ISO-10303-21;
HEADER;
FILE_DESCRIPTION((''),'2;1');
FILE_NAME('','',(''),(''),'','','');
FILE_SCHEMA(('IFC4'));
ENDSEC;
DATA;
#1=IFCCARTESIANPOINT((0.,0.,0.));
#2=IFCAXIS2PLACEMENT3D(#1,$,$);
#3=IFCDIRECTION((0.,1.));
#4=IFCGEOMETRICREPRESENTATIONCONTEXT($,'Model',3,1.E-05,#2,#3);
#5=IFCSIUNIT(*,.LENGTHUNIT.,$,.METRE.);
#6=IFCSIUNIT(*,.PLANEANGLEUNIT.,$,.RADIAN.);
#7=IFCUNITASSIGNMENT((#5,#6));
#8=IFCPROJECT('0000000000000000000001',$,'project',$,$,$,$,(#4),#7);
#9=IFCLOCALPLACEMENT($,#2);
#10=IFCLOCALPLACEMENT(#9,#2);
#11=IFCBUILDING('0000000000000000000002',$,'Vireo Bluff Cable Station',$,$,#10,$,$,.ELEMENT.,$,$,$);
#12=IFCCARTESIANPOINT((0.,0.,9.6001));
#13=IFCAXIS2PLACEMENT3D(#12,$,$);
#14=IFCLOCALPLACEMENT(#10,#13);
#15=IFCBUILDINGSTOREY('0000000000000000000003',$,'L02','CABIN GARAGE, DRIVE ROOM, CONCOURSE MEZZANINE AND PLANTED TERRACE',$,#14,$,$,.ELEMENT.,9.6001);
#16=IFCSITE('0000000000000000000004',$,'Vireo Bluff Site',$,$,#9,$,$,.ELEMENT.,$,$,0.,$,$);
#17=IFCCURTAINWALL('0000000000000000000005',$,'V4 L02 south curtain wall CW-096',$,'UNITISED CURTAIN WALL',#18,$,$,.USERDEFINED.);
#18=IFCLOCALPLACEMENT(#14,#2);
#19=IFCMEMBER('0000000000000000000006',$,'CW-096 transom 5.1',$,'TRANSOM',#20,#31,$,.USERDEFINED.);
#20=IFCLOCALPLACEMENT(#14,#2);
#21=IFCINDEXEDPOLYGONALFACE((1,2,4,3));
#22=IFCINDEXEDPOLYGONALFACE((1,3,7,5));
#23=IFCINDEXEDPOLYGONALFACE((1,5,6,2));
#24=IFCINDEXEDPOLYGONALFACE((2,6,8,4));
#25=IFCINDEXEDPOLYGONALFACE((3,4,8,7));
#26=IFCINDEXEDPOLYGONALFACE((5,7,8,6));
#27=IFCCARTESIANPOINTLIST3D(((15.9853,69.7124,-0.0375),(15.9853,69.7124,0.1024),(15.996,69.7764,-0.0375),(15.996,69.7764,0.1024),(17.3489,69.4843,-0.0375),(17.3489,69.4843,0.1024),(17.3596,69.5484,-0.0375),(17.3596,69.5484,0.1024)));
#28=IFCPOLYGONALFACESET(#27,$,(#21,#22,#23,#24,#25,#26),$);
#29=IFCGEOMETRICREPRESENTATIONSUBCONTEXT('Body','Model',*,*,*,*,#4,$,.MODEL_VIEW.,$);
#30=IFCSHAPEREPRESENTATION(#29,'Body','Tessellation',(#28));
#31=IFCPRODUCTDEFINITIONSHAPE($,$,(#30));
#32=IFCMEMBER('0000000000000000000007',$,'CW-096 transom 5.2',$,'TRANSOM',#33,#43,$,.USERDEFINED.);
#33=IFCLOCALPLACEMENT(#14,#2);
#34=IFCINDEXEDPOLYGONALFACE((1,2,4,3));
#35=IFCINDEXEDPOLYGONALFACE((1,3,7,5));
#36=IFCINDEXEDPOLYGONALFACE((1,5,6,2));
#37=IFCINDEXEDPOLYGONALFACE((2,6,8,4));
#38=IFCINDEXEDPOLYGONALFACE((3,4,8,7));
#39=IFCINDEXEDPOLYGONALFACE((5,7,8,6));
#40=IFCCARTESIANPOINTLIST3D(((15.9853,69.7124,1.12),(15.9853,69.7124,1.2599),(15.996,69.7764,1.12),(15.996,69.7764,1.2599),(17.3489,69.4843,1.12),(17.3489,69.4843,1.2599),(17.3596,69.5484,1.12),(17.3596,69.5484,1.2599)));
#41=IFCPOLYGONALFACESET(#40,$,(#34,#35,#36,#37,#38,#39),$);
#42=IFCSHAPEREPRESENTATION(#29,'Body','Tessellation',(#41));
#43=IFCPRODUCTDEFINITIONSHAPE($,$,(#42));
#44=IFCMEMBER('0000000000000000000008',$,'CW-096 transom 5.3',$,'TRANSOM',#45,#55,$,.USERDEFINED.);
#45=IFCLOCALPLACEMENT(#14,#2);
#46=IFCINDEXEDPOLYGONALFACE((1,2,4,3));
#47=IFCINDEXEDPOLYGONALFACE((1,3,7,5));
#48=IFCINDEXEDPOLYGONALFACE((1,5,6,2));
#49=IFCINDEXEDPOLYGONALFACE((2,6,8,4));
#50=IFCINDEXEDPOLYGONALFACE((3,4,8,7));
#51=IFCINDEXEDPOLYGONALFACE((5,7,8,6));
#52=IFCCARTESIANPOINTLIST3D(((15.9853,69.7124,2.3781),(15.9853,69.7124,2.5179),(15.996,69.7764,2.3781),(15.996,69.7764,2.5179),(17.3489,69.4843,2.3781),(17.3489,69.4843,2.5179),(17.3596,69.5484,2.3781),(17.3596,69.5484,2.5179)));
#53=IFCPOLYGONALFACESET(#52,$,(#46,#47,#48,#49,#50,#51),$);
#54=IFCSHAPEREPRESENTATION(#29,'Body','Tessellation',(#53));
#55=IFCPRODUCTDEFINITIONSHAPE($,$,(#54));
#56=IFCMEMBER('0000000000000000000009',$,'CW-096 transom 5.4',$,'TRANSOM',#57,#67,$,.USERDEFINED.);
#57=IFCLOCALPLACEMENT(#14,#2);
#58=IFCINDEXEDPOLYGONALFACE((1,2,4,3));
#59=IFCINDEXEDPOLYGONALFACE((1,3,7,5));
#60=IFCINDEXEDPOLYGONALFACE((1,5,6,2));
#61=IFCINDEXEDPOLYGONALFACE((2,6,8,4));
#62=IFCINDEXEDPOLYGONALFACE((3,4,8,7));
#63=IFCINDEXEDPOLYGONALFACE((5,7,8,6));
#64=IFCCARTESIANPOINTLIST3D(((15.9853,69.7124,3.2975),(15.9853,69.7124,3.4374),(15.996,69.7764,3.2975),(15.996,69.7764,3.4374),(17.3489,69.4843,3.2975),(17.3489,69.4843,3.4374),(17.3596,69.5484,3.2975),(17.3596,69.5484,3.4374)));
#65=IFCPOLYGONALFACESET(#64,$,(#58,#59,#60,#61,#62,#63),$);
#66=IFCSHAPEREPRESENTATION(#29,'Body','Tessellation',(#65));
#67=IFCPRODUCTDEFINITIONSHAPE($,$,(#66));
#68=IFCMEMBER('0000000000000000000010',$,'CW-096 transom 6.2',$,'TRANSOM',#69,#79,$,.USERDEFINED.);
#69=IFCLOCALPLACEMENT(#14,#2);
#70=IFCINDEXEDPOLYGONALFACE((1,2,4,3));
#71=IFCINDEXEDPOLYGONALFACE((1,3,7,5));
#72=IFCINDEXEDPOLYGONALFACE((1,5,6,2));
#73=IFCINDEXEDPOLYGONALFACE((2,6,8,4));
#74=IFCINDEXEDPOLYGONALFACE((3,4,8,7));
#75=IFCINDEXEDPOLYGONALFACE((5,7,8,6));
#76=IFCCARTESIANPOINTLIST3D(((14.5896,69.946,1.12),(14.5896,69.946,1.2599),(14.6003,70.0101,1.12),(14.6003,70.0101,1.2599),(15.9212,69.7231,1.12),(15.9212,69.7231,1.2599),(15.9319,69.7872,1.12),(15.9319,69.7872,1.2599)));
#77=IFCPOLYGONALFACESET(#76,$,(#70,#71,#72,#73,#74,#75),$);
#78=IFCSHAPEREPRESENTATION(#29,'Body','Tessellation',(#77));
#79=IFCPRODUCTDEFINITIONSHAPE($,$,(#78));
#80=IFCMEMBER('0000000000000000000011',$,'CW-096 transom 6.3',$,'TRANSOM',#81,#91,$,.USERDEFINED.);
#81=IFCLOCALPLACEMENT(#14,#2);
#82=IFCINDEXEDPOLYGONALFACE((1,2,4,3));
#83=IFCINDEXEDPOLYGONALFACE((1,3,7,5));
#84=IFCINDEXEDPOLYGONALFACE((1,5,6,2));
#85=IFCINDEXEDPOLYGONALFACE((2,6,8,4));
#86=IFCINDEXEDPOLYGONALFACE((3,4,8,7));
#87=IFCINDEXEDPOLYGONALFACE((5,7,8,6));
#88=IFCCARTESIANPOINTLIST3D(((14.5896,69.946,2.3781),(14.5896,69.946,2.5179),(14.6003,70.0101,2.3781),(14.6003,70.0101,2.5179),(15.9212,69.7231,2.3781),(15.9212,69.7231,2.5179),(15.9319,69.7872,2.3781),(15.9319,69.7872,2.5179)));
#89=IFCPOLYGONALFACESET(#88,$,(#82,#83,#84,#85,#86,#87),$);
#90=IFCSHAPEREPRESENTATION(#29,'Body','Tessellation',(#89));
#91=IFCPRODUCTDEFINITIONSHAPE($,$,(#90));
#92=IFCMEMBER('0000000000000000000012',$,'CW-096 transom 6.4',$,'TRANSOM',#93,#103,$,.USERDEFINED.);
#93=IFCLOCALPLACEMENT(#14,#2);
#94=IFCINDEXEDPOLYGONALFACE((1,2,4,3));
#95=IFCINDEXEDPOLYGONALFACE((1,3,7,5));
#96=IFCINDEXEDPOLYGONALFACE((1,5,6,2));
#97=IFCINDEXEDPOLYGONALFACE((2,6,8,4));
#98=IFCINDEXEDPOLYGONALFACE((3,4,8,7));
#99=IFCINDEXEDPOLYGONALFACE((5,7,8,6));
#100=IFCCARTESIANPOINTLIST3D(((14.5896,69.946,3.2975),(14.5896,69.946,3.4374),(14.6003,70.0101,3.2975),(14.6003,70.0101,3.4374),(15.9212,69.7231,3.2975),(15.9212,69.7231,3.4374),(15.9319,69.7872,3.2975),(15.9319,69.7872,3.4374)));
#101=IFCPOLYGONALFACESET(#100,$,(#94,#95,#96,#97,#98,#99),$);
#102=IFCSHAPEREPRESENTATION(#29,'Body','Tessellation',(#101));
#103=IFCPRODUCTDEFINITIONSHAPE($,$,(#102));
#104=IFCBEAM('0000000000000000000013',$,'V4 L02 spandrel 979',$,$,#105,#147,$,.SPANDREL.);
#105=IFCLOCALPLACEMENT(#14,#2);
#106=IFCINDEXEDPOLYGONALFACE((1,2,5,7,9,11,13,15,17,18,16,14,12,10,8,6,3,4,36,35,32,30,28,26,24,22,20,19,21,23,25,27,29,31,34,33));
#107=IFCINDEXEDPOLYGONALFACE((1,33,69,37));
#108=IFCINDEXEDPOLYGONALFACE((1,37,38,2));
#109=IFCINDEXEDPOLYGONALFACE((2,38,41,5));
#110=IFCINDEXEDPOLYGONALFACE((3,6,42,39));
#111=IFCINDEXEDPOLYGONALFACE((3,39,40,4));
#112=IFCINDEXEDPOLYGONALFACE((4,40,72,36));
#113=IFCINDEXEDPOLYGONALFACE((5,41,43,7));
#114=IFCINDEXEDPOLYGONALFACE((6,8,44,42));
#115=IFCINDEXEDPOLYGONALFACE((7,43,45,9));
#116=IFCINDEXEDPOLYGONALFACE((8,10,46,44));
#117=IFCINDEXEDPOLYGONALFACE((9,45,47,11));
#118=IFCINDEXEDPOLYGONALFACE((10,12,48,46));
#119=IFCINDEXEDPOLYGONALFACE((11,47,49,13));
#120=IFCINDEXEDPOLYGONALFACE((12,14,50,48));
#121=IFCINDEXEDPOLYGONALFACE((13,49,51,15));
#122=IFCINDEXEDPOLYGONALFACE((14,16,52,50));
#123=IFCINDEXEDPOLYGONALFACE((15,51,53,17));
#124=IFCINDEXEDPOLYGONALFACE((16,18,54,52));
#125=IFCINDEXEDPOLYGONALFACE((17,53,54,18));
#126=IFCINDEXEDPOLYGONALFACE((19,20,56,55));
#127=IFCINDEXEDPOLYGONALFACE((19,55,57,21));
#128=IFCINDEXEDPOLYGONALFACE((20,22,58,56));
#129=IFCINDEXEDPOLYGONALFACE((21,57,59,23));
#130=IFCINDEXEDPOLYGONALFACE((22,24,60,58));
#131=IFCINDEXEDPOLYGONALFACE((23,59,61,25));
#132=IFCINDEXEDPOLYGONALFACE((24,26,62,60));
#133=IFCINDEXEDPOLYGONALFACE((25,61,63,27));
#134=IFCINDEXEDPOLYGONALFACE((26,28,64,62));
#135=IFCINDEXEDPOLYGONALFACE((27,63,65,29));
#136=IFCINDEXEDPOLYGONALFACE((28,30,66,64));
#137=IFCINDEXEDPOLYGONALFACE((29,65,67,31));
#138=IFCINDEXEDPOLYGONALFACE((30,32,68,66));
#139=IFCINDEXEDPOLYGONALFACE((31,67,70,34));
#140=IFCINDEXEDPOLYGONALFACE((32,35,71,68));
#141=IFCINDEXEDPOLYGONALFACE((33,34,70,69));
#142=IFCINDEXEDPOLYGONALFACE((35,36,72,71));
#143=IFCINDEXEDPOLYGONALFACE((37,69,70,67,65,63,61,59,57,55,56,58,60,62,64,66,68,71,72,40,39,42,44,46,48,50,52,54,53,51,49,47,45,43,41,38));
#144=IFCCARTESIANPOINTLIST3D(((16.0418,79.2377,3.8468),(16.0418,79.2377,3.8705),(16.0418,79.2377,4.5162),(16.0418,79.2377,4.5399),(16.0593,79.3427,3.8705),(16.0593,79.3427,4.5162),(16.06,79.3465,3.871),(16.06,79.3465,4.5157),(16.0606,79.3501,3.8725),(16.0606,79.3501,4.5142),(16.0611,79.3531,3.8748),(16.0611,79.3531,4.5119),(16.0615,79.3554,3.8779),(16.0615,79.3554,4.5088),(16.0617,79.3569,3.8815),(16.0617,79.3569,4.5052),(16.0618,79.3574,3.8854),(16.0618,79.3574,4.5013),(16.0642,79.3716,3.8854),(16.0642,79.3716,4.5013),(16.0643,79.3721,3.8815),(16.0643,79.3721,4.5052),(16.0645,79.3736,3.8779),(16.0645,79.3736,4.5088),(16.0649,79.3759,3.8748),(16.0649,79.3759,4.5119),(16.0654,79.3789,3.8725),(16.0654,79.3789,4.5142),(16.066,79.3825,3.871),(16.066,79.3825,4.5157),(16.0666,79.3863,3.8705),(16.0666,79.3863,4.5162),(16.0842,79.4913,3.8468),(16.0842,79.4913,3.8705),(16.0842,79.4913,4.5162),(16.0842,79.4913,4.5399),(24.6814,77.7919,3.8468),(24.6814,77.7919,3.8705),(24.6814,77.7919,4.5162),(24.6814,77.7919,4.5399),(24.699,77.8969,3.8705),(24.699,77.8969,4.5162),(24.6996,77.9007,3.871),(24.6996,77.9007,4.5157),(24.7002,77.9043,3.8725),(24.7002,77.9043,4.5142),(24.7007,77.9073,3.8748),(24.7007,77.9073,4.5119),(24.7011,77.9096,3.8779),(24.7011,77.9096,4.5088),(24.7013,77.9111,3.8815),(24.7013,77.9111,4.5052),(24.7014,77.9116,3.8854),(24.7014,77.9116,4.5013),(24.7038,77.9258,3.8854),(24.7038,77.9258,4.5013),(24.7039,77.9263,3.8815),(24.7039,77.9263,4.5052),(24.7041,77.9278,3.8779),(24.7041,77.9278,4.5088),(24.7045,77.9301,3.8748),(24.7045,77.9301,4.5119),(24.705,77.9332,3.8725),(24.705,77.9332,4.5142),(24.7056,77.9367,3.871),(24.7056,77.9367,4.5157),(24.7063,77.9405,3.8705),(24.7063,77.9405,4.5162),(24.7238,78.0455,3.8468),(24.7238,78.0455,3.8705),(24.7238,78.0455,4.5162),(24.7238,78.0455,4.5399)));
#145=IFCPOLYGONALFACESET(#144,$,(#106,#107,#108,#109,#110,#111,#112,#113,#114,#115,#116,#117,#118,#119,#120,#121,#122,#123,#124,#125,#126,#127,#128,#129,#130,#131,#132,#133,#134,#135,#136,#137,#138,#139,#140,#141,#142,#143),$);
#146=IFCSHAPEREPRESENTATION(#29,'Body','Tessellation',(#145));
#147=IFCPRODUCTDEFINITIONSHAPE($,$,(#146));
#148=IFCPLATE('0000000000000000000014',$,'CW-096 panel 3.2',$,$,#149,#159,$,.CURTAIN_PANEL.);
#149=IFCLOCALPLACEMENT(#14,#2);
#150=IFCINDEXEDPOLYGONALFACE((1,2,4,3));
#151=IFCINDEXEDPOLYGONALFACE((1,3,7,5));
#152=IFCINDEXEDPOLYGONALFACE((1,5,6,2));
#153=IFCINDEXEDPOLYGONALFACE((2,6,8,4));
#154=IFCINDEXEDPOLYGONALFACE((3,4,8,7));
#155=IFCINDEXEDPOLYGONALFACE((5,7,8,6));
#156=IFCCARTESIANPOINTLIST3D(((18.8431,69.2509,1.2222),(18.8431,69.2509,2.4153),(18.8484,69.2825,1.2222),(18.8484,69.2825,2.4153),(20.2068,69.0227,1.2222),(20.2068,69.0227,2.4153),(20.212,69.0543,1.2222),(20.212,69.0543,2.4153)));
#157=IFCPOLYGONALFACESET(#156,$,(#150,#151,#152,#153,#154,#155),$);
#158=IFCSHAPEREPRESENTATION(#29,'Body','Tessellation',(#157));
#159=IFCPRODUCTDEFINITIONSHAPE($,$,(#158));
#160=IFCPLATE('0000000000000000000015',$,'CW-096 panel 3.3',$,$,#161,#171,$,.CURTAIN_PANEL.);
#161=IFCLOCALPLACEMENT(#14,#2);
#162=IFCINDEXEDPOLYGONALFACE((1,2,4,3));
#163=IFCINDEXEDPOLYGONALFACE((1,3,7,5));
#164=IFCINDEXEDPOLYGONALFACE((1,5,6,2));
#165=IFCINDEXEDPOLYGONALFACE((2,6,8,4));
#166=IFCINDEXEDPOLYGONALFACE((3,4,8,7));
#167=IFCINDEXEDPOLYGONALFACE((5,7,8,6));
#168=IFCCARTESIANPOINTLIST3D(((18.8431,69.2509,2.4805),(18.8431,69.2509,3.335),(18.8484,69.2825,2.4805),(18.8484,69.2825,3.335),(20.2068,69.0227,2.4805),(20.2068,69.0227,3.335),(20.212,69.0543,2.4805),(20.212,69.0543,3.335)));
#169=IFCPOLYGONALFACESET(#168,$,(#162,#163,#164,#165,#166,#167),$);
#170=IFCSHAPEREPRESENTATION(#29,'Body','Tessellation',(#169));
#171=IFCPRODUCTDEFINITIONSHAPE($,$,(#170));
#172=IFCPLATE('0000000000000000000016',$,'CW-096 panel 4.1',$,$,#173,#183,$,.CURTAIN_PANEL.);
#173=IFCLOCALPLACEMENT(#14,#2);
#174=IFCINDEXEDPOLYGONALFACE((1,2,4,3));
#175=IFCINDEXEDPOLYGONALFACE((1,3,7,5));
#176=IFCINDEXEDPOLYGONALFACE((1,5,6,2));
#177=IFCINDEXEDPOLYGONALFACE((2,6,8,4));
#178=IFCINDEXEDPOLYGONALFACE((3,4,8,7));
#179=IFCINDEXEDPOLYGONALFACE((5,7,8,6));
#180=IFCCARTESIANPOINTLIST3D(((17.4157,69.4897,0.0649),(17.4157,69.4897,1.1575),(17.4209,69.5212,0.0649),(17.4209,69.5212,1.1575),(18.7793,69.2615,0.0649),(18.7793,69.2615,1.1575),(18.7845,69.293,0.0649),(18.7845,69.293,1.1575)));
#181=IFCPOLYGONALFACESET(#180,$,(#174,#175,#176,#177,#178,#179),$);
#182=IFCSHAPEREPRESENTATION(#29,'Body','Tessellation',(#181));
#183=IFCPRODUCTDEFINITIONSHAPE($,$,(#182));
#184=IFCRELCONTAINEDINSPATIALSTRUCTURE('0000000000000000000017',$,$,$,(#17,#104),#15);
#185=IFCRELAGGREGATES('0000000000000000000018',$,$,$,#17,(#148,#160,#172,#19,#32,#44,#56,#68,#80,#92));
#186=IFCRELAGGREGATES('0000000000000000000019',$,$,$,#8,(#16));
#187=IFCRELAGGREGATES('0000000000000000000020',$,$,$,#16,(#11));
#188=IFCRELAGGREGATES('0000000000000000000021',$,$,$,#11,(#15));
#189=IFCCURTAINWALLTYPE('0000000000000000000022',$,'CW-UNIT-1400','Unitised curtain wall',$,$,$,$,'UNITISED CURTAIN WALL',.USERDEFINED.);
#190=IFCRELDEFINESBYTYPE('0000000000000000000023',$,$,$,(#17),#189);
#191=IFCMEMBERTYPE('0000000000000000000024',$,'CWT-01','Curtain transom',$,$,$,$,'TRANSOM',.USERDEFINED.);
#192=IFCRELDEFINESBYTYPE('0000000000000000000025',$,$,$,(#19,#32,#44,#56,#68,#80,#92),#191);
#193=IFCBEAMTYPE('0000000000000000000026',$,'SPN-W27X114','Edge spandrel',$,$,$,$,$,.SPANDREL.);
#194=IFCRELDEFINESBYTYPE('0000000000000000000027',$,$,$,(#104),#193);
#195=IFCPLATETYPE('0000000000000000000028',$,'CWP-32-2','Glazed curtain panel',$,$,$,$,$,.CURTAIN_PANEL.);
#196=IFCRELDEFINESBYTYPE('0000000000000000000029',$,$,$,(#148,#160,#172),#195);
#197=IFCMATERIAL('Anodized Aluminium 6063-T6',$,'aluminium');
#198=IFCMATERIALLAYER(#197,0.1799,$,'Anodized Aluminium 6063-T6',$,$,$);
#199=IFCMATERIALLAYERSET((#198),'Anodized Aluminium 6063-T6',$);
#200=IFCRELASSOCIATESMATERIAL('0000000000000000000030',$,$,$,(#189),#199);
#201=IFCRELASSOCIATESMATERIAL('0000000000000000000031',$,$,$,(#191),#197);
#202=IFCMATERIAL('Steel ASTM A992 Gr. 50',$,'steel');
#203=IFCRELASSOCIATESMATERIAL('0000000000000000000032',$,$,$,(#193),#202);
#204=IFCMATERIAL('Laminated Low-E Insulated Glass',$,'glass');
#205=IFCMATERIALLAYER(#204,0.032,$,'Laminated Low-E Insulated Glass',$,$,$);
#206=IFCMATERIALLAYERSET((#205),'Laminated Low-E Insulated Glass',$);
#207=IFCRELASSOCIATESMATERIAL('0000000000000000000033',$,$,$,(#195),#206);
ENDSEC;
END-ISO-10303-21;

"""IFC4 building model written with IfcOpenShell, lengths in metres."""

from ifc_helpers import new_model, si_unit, direction, frame, origin, origin_2d, place, context, subcontext, project, spatial, rectangle, i_section, extrude, material, layer, layer_set, material_profile, profile_set, type_object, element, aggregate, save


model = new_model("IFC4")

# Units and contexts
model_context = context("Model", 3, precision=1e-05, world=origin(), true_north=direction((0.0, 1.0)))
body_context = subcontext(model_context, "Body", "Model", "MODEL_VIEW")
ifc_project = project(units=[si_unit("LENGTHUNIT", "METRE"), si_unit("PLANEANGLEUNIT", "RADIAN")], contexts=[model_context])

# Site, building, storey
site_placement = place(None, origin())
site = spatial("IfcSite", under=ifc_project, at=site_placement, Name="Vireo Bluff Site", CompositionType="ELEMENT", RefElevation=0.0)
building_placement = place(site_placement, origin())
building = spatial("IfcBuilding", under=site, at=building_placement, Name="Vireo Bluff Cable Station", CompositionType="ELEMENT")
storey_placement = place(building_placement, frame((0.0, 0.0, 9.6001)))
storey = spatial("IfcBuildingStorey", under=building, at=storey_placement, Name="L02", Description="CABIN GARAGE, DRIVE ROOM, CONCOURSE MEZZANINE AND PLANTED TERRACE", CompositionType="ELEMENT", Elevation=9.6001)

# Shared definitions
ifc_material_1 = material(Name="Steel ASTM A992 Gr. 50", Category="steel")

# Curtain wall, members
ifc_material_2 = material(Name="Anodized Aluminium 6063-T6", Category="aluminium")
ifc_layer_1 = layer(ifc_material_2, 0.1799, Name="Anodized Aluminium 6063-T6")
ifc_layer_set_1 = layer_set([ifc_layer_1], Name="Anodized Aluminium 6063-T6")
curtain_wall_type = type_object("IfcCurtainWallType", Name="CW-UNIT-1400", Description="Unitised curtain wall", ElementType="UNITISED CURTAIN WALL", PredefinedType="USERDEFINED", material=ifc_layer_set_1)
curtain_wall_placement = place(storey_placement, origin())
curtain_wall = element("IfcCurtainWall", 1, at=curtain_wall_placement, inside=storey, type_object=curtain_wall_type, Name="V4 L02 south curtain wall CW-096", ObjectType="UNITISED CURTAIN WALL", PredefinedType="USERDEFINED")
ifc_material_profile_1 = material_profile(ifc_material_2, rectangle(XDim=0.0649, YDim=0.1399, at=origin_2d()), Name="ALU-T-65X140")
ifc_profile_set_1 = profile_set([ifc_material_profile_1], Name="Anodized Aluminium 6063-T6")
member_type_1 = type_object("IfcMemberType", Name="CWT-01", Description="Curtain transom", ElementType="TRANSOM", PredefinedType="USERDEFINED", material=ifc_profile_set_1)
member_1_placement = place(storey_placement, frame((17.3542, 69.5164, 0.0325), z_axis=(-0.986303, 0.164943, 0.0), x_axis=(-0.164943, -0.986303, 0.0)))
member_1 = element("IfcMember", 2, at=member_1_placement, type_object=member_type_1, Name="CW-096 transom 5.1", ObjectType="TRANSOM", PredefinedType="USERDEFINED", context=body_context, shape_type="SweptSolid", body=[
    extrude(rectangle(XDim=0.0649, YDim=0.1399, at=origin_2d()), origin(), (0.0, 0.0, 1.0), 1.3826),
])
member_2_placement = place(storey_placement, frame((17.3542, 69.5164, 1.1899), z_axis=(-0.986303, 0.164943, 0.0), x_axis=(-0.164943, -0.986303, 0.0)))
member_2 = element("IfcMember", 3, at=member_2_placement, type_object=member_type_1, Name="CW-096 transom 5.2", ObjectType="TRANSOM", PredefinedType="USERDEFINED", context=body_context, shape_type="SweptSolid", body=[
    extrude(rectangle(XDim=0.0649, YDim=0.1399, at=origin_2d()), origin(), (0.0, 0.0, 1.0), 1.3826),
])
member_3_placement = place(storey_placement, frame((17.3542, 69.5164, 2.448), z_axis=(-0.986303, 0.164943, 0.0), x_axis=(-0.164943, -0.986303, 0.0)))
member_3 = element("IfcMember", 4, at=member_3_placement, type_object=member_type_1, Name="CW-096 transom 5.3", ObjectType="TRANSOM", PredefinedType="USERDEFINED", context=body_context, shape_type="SweptSolid", body=[
    extrude(rectangle(XDim=0.0649, YDim=0.1399, at=origin_2d()), origin(), (0.0, 0.0, 1.0), 1.3826),
])
member_4_placement = place(storey_placement, frame((17.3542, 69.5164, 3.3674), z_axis=(-0.986303, 0.164943, 0.0), x_axis=(-0.164943, -0.986303, 0.0)))
member_4 = element("IfcMember", 5, at=member_4_placement, type_object=member_type_1, Name="CW-096 transom 5.4", ObjectType="TRANSOM", PredefinedType="USERDEFINED", context=body_context, shape_type="SweptSolid", body=[
    extrude(rectangle(XDim=0.0649, YDim=0.1399, at=origin_2d()), origin(), (0.0, 0.0, 1.0), 1.3826),
])
member_5_placement = place(storey_placement, frame((15.9265, 69.7551, 1.1899), z_axis=(-0.986276, 0.165103, 0.0), x_axis=(-0.165103, -0.986276, 0.0)))
member_5 = element("IfcMember", 6, at=member_5_placement, type_object=member_type_1, Name="CW-096 transom 6.2", ObjectType="TRANSOM", PredefinedType="USERDEFINED", context=body_context, shape_type="SweptSolid", body=[
    extrude(rectangle(XDim=0.0649, YDim=0.1399, at=origin_2d()), origin(), (0.0, 0.0, 1.0), 1.3501),
])
member_6_placement = place(storey_placement, frame((15.9265, 69.7551, 2.448), z_axis=(-0.986276, 0.165103, 0.0), x_axis=(-0.165103, -0.986276, 0.0)))
member_6 = element("IfcMember", 7, at=member_6_placement, type_object=member_type_1, Name="CW-096 transom 6.3", ObjectType="TRANSOM", PredefinedType="USERDEFINED", context=body_context, shape_type="SweptSolid", body=[
    extrude(rectangle(XDim=0.0649, YDim=0.1399, at=origin_2d()), origin(), (0.0, 0.0, 1.0), 1.3501),
])
member_7_placement = place(storey_placement, frame((15.9265, 69.7551, 3.3674), z_axis=(-0.986276, 0.165103, 0.0), x_axis=(-0.165103, -0.986276, 0.0)))
member_7 = element("IfcMember", 8, at=member_7_placement, type_object=member_type_1, Name="CW-096 transom 6.4", ObjectType="TRANSOM", PredefinedType="USERDEFINED", context=body_context, shape_type="SweptSolid", body=[
    extrude(rectangle(XDim=0.0649, YDim=0.1399, at=origin_2d()), origin(), (0.0, 0.0, 1.0), 1.3501),
])

# Beam
ifc_material_profile_2 = material_profile(ifc_material_1, i_section(OverallWidth=0.2571, OverallDepth=0.6931, WebThickness=0.0144, FlangeThickness=0.0237, FilletRadius=0.0149, at=origin_2d()), Name="W27X114")
ifc_profile_set_2 = profile_set([ifc_material_profile_2], Name="Steel ASTM A992 Gr. 50")
beam_type_1 = type_object("IfcBeamType", Name="SPN-W27X114", Description="Edge spandrel", PredefinedType="SPANDREL", material=ifc_profile_set_2)
beam_1_placement = place(storey_placement, frame((16.063, 79.3645, 4.1934), z_axis=(0.986285, -0.16505, 0.0), x_axis=(0.16505, 0.986285, 0.0)))
element("IfcBeam", 9, at=beam_1_placement, inside=storey, type_object=beam_type_1, Name="V4 L02 spandrel 979", PredefinedType="SPANDREL", context=body_context, shape_type="SweptSolid", body=[
    extrude(i_section(OverallWidth=0.2571, OverallDepth=0.6931, WebThickness=0.0144, FlangeThickness=0.0237, FilletRadius=0.0149, at=origin_2d()), origin(), (0.0, 0.0, 1.0), 8.7598),
])

# Plates
ifc_material_3 = material(Name="Laminated Low-E Insulated Glass", Category="glass")
ifc_layer_2 = layer(ifc_material_3, 0.032, Name="Laminated Low-E Insulated Glass")
ifc_layer_set_2 = layer_set([ifc_layer_2], Name="Laminated Low-E Insulated Glass")
plate_type = type_object("IfcPlateType", Name="CWP-32-2", Description="Glazed curtain panel", PredefinedType="CURTAIN_PANEL", material=ifc_layer_set_2)
plate_1_placement = place(storey_placement, frame((19.5276, 69.1526, 1.2222), z_axis=(0.0, 0.0, 1.0), x_axis=(-0.986286, 0.165048, 0.0)))
plate_1 = element("IfcPlate", 10, at=plate_1_placement, type_object=plate_type, Name="CW-096 panel 3.2", PredefinedType="CURTAIN_PANEL", context=body_context, shape_type="SweptSolid", body=[
    extrude(rectangle(XDim=1.3826, YDim=0.032, at=origin_2d()), origin(), (0.0, 0.0, 1.0), 1.1931),
])
plate_2_placement = place(storey_placement, frame((19.5276, 69.1526, 2.4805), z_axis=(0.0, 0.0, 1.0), x_axis=(-0.986286, 0.165048, 0.0)))
plate_2 = element("IfcPlate", 11, at=plate_2_placement, type_object=plate_type, Name="CW-096 panel 3.3", PredefinedType="CURTAIN_PANEL", context=body_context, shape_type="SweptSolid", body=[
    extrude(rectangle(XDim=1.3826, YDim=0.032, at=origin_2d()), origin(), (0.0, 0.0, 1.0), 0.8545),
])
plate_3_placement = place(storey_placement, frame((18.1001, 69.3914, 0.0649), z_axis=(0.0, 0.0, 1.0), x_axis=(-0.986286, 0.165048, 0.0)))
plate_3 = element("IfcPlate", 12, at=plate_3_placement, type_object=plate_type, Name="CW-096 panel 4.1", PredefinedType="CURTAIN_PANEL", context=body_context, shape_type="SweptSolid", body=[
    extrude(rectangle(XDim=1.3826, YDim=0.032, at=origin_2d()), origin(), (0.0, 0.0, 1.0), 1.0925),
])
aggregate(curtain_wall, [plate_1, plate_2, plate_3, member_1, member_2, member_3, member_4, member_5, member_6, member_7])

save(model, "model.ifc")
